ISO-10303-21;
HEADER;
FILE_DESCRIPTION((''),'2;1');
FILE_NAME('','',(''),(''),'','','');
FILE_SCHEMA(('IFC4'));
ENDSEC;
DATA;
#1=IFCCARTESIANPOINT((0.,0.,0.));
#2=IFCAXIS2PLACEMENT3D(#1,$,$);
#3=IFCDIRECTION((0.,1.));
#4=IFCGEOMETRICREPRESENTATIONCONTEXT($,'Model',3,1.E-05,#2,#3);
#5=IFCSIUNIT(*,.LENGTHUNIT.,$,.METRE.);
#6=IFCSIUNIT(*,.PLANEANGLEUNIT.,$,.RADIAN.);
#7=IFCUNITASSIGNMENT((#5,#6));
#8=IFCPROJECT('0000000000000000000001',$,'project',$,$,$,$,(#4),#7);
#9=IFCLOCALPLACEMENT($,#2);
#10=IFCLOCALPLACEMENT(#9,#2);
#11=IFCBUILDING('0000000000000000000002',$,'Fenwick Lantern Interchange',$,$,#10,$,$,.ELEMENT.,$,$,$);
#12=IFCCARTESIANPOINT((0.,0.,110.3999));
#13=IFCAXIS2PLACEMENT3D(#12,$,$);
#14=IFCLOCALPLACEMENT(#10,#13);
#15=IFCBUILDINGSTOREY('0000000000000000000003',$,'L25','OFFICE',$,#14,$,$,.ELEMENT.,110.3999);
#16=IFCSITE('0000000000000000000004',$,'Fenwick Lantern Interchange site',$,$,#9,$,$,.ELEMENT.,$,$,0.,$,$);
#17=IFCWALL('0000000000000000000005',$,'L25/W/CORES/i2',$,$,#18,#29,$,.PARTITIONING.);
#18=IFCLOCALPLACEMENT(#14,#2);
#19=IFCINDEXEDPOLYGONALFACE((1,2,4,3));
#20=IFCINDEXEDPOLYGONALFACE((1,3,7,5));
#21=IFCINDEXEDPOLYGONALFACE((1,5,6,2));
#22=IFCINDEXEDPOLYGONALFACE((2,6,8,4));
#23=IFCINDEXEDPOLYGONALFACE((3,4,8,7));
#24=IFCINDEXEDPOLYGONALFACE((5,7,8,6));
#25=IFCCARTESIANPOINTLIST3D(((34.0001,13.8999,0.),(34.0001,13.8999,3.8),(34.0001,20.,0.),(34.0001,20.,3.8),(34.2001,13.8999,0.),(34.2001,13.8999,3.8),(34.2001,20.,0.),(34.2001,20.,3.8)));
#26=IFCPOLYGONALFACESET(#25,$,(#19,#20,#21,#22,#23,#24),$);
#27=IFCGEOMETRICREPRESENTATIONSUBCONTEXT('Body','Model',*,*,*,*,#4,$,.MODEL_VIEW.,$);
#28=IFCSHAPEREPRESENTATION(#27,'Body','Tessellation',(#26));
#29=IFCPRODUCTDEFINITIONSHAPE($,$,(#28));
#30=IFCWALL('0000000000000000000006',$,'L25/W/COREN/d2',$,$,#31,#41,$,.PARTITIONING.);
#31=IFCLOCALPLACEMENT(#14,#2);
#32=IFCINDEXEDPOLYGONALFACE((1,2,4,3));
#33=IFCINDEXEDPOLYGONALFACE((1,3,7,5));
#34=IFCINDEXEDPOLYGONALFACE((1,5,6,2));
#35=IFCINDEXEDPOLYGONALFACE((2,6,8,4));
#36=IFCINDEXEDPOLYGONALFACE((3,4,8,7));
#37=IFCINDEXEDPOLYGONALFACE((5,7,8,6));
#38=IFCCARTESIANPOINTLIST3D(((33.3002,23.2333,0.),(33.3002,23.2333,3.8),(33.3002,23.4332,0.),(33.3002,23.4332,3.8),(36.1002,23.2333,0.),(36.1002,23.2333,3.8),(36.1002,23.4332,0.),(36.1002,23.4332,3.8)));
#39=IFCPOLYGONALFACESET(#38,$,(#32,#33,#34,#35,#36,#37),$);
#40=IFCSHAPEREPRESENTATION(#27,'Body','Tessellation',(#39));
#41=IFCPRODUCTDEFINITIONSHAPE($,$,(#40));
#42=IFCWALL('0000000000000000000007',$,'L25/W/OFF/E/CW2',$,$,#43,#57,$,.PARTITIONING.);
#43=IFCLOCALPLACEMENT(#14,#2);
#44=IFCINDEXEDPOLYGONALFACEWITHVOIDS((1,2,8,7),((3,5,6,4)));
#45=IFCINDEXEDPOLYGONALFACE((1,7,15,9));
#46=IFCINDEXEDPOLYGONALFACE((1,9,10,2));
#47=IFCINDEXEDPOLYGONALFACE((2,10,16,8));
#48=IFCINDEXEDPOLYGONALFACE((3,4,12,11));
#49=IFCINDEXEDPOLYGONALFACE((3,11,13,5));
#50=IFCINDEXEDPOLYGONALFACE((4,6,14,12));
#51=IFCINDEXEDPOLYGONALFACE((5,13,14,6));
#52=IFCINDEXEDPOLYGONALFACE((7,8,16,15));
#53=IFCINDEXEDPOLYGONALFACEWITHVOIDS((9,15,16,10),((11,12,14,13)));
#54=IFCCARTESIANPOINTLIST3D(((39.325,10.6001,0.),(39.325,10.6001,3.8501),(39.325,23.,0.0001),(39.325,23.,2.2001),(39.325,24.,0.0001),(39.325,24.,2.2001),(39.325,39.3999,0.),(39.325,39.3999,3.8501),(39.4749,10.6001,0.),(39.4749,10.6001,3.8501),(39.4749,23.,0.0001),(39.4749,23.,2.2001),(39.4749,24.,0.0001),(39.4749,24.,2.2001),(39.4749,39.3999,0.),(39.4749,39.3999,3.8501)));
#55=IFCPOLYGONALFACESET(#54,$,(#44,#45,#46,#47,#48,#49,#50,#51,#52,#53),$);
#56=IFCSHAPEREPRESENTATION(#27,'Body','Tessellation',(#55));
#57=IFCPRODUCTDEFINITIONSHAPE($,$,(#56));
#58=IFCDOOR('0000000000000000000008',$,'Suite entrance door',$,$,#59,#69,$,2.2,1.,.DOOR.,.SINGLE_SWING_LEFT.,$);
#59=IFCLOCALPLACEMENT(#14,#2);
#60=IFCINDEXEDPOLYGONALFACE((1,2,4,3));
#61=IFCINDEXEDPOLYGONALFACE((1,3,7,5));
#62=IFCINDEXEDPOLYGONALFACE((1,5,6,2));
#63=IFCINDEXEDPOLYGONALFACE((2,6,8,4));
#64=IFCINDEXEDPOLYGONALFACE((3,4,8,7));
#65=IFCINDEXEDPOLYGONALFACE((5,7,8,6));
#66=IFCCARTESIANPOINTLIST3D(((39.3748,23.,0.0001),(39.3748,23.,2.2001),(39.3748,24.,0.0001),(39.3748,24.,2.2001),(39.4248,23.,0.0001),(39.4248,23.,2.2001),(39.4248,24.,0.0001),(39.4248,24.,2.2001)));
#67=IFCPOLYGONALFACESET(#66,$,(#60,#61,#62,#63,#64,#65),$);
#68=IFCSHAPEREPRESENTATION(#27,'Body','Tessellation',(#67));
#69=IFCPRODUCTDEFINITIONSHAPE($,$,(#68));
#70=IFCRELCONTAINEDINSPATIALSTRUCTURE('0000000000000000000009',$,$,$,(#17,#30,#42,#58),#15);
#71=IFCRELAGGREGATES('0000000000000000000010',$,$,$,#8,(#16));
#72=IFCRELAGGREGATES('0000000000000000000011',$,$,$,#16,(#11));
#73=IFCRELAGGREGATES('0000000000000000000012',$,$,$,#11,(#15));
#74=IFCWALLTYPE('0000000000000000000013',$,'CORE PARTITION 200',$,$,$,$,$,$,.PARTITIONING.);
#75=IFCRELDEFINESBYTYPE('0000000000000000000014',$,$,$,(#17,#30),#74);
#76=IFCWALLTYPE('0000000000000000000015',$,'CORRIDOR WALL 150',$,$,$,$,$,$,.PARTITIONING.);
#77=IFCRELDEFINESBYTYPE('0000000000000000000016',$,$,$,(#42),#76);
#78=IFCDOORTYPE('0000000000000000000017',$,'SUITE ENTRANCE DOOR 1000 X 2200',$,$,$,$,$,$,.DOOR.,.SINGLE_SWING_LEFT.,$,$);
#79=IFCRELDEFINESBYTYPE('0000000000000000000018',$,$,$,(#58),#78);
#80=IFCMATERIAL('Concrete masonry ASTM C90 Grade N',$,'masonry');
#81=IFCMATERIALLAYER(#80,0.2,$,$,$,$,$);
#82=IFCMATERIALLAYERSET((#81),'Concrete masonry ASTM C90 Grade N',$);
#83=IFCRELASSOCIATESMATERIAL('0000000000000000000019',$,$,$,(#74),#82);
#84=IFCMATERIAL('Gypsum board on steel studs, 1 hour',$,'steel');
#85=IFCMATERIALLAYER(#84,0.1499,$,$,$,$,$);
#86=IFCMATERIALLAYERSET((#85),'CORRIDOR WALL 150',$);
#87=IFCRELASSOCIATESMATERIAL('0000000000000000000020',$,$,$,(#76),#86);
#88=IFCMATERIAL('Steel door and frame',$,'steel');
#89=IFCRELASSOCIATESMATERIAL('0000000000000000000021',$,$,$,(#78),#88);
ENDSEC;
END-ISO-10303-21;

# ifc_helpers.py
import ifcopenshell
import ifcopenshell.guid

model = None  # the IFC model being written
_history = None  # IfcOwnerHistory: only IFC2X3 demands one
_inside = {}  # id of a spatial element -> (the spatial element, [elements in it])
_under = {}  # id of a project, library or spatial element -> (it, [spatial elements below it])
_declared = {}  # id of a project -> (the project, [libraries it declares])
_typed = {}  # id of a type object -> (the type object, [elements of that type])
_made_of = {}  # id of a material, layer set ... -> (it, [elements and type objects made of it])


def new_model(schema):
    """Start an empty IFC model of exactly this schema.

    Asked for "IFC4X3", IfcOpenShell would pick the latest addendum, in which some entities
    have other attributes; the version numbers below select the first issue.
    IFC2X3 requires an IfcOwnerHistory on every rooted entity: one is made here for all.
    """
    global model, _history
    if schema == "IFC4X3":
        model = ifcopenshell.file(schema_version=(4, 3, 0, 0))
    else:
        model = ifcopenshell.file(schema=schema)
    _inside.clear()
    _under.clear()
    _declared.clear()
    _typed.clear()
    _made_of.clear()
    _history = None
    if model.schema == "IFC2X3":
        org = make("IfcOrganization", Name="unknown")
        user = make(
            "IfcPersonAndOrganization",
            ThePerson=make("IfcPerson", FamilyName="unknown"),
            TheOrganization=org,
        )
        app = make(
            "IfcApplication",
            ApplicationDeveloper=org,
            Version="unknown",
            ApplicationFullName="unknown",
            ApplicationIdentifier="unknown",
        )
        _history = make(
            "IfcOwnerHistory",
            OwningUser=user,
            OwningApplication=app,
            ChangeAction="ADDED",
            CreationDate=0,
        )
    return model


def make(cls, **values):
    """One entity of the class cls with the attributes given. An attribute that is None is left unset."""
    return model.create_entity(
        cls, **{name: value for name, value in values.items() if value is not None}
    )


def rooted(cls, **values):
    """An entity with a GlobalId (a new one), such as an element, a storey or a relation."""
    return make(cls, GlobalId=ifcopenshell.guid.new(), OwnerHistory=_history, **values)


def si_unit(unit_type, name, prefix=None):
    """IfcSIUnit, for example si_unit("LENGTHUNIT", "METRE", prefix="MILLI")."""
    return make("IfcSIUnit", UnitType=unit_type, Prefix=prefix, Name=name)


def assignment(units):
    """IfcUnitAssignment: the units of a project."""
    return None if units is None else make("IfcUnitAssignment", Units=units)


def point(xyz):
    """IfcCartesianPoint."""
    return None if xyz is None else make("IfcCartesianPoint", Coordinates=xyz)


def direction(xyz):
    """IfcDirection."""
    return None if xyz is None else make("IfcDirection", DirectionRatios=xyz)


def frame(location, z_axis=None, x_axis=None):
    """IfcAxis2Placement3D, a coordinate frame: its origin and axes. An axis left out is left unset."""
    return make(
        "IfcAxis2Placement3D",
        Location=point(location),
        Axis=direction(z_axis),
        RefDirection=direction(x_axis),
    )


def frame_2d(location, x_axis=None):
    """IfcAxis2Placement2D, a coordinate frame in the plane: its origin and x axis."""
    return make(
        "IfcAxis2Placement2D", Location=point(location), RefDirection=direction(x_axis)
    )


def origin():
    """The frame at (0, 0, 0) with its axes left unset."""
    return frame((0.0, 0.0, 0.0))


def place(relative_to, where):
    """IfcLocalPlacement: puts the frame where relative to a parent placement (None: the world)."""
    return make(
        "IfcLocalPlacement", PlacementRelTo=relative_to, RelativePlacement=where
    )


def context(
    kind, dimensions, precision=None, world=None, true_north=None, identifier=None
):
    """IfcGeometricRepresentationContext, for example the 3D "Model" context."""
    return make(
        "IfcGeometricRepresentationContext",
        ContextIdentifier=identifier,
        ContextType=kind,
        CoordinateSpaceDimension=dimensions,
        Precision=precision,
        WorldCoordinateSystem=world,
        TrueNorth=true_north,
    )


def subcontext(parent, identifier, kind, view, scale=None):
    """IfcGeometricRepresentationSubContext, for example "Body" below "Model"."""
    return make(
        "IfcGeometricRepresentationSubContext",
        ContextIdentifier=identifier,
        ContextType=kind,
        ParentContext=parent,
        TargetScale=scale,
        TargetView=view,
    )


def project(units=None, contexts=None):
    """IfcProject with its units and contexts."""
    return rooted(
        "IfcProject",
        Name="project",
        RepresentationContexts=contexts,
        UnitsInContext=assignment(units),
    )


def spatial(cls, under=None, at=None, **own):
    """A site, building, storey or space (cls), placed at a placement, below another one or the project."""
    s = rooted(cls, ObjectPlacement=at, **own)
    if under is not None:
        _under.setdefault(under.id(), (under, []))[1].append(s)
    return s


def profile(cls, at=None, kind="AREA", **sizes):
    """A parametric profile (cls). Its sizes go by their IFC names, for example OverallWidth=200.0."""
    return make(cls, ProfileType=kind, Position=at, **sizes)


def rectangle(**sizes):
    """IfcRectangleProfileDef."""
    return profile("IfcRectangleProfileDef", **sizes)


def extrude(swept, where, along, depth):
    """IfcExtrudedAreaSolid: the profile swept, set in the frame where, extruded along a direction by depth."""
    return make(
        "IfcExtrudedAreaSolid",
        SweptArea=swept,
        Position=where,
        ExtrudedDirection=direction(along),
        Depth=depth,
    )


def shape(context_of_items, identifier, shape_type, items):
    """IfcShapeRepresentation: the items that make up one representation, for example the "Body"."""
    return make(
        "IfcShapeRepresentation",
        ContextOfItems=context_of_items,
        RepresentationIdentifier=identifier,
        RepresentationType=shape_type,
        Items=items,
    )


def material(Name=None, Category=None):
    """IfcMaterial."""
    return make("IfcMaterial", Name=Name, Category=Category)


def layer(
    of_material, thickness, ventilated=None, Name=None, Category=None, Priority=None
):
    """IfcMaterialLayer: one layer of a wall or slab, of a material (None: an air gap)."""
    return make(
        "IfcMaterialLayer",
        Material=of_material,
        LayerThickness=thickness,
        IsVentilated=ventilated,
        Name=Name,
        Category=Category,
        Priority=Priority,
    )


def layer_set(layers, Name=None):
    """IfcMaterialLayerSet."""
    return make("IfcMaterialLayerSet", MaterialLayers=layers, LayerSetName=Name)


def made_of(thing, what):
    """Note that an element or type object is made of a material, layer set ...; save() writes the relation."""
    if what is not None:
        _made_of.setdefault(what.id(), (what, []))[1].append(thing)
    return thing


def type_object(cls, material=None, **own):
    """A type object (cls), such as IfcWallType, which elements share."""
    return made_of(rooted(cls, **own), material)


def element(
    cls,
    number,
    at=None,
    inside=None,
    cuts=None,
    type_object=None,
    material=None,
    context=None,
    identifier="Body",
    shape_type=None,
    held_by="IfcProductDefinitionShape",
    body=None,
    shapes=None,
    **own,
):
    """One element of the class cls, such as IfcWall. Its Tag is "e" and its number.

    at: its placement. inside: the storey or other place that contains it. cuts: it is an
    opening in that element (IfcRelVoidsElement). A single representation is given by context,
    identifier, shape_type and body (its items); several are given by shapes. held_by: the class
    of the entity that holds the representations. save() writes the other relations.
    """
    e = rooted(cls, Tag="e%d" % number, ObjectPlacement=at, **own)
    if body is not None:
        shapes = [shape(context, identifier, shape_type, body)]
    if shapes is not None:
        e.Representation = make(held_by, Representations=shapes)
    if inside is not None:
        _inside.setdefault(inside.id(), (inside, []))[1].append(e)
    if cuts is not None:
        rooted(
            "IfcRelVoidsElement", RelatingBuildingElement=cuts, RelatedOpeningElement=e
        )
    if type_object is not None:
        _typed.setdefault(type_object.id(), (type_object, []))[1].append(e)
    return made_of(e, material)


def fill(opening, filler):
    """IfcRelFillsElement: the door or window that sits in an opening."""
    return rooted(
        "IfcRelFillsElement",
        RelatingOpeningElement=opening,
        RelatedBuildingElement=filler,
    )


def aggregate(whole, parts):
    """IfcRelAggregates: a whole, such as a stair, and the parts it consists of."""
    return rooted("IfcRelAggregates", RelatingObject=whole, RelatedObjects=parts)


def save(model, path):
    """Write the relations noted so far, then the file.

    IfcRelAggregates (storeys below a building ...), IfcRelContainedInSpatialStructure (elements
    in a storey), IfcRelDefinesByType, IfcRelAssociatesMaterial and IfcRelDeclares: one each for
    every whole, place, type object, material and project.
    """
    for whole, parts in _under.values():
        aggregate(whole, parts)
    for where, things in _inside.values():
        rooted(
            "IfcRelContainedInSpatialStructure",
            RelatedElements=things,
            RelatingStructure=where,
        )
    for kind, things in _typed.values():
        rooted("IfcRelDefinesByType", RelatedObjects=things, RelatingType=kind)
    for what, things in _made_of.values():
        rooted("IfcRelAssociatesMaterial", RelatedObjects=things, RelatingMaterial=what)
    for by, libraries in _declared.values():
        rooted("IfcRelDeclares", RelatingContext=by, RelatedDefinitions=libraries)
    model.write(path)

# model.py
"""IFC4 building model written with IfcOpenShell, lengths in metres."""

from ifc_helpers import new_model, si_unit, direction, frame, frame_2d, origin, place, context, subcontext, project, spatial, rectangle, extrude, material, layer, layer_set, type_object, element, fill, save


model = new_model("IFC4")

# Units and contexts
model_context = context("Model", 3, precision=1e-05, world=origin(), true_north=direction((0.0, 1.0)))
body_context = subcontext(model_context, "Body", "Model", "MODEL_VIEW")
ifc_project = project(units=[si_unit("LENGTHUNIT", "METRE"), si_unit("PLANEANGLEUNIT", "RADIAN")], contexts=[model_context])

# Site, building, storey
site_placement = place(None, origin())
site = spatial("IfcSite", under=ifc_project, at=site_placement, Name="Fenwick Lantern Interchange site", CompositionType="ELEMENT", RefElevation=0.0)
building_placement = place(site_placement, origin())
building = spatial("IfcBuilding", under=site, at=building_placement, Name="Fenwick Lantern Interchange", CompositionType="ELEMENT")
storey_placement = place(building_placement, frame((0.0, 0.0, 110.3999)))
storey = spatial("IfcBuildingStorey", under=building, at=storey_placement, Name="L25", Description="OFFICE", CompositionType="ELEMENT", Elevation=110.3999)

# Walls
ifc_material_1 = material(Name="Concrete masonry ASTM C90 Grade N", Category="masonry")
ifc_layer_1 = layer(ifc_material_1, 0.2)
ifc_layer_set_1 = layer_set([ifc_layer_1], Name="Concrete masonry ASTM C90 Grade N")
wall_type_1 = type_object("IfcWallType", Name="CORE PARTITION 200", PredefinedType="PARTITIONING", material=ifc_layer_set_1)
wall_1_placement = place(storey_placement, frame((34.1001, 13.8999, 0.0), z_axis=(0.0, 0.0, 1.0), x_axis=(0.0, 1.0, 0.0)))
element("IfcWall", 1, at=wall_1_placement, inside=storey, type_object=wall_type_1, Name="L25/W/CORES/i2", PredefinedType="PARTITIONING", context=body_context, shape_type="SweptSolid", body=[
    extrude(rectangle(XDim=6.1001, YDim=0.2, at=frame_2d((3.05, 0.0))), origin(), (0.0, 0.0, 1.0), 3.8),
])
wall_2_placement = place(storey_placement, frame((36.1001, 23.3333, 0.0), z_axis=(0.0, 0.0, 1.0), x_axis=(-1.0, 0.0, 0.0)))
element("IfcWall", 2, at=wall_2_placement, inside=storey, type_object=wall_type_1, Name="L25/W/COREN/d2", PredefinedType="PARTITIONING", context=body_context, shape_type="SweptSolid", body=[
    extrude(rectangle(XDim=2.8, YDim=0.2, at=frame_2d((1.3999, 0.0))), origin(), (0.0, 0.0, 1.0), 3.8),
])

# Shared definitions
ifc_material_2 = material(Name="Steel door and frame", Category="steel")

# Wall, opening, door
ifc_material_3 = material(Name="Gypsum board on steel studs, 1 hour", Category="steel")
ifc_layer_2 = layer(ifc_material_3, 0.1499)
ifc_layer_set_2 = layer_set([ifc_layer_2], Name="CORRIDOR WALL 150")
wall_type_2 = type_object("IfcWallType", Name="CORRIDOR WALL 150", PredefinedType="PARTITIONING", material=ifc_layer_set_2)
wall_3_placement = place(storey_placement, frame((39.3999, 10.6001, 0.0), z_axis=(0.0, 0.0, 1.0), x_axis=(0.0, 1.0, 0.0)))
wall_3 = element("IfcWall", 3, at=wall_3_placement, inside=storey, type_object=wall_type_2, Name="L25/W/OFF/E/CW2", PredefinedType="PARTITIONING", context=body_context, shape_type="SweptSolid", body=[
    extrude(rectangle(XDim=28.7998, YDim=0.1499, at=frame_2d((14.3999, 0.0))), origin(), (0.0, 0.0, 1.0), 3.8501),
])
opening_1_placement = place(wall_3_placement, frame((12.3999, 0.0, 0.0)))
opening_1 = element("IfcOpeningElement", 4, at=opening_1_placement, cuts=wall_3, PredefinedType="OPENING", context=body_context, shape_type="SweptSolid", body=[
    extrude(rectangle(XDim=1.0, YDim=2.2, at=frame_2d((0.5, 1.1001))), frame((0.0, 0.085, 0.0), z_axis=(0.0, -1.0, 0.0), x_axis=(1.0, 0.0, 0.0)), (0.0, 0.0, 1.0), 0.1699),
])
door_type_1 = type_object("IfcDoorType", Name="SUITE ENTRANCE DOOR 1000 X 2200", OperationType="SINGLE_SWING_LEFT", PredefinedType="DOOR", material=ifc_material_2)
door_1_placement = place(opening_1_placement, frame((1.0, 0.0, 0.0), z_axis=(0.0, 0.0, 1.0), x_axis=(-1.0, 0.0, 0.0)))
door_1 = element("IfcDoor", 5, at=door_1_placement, inside=storey, type_object=door_type_1, Name="Suite entrance door", OperationType="SINGLE_SWING_LEFT", OverallHeight=2.2, OverallWidth=1.0, PredefinedType="DOOR", context=body_context, shape_type="SweptSolid", body=[
    extrude(rectangle(XDim=1.0, YDim=2.2, at=frame_2d((0.5, 1.1001))), frame((0.0, 0.0249, 0.0), z_axis=(0.0, -1.0, 0.0), x_axis=(1.0, 0.0, 0.0)), (0.0, 0.0, 1.0), 0.05),
])
fill(opening_1, door_1)

save(model, "model.ifc")
